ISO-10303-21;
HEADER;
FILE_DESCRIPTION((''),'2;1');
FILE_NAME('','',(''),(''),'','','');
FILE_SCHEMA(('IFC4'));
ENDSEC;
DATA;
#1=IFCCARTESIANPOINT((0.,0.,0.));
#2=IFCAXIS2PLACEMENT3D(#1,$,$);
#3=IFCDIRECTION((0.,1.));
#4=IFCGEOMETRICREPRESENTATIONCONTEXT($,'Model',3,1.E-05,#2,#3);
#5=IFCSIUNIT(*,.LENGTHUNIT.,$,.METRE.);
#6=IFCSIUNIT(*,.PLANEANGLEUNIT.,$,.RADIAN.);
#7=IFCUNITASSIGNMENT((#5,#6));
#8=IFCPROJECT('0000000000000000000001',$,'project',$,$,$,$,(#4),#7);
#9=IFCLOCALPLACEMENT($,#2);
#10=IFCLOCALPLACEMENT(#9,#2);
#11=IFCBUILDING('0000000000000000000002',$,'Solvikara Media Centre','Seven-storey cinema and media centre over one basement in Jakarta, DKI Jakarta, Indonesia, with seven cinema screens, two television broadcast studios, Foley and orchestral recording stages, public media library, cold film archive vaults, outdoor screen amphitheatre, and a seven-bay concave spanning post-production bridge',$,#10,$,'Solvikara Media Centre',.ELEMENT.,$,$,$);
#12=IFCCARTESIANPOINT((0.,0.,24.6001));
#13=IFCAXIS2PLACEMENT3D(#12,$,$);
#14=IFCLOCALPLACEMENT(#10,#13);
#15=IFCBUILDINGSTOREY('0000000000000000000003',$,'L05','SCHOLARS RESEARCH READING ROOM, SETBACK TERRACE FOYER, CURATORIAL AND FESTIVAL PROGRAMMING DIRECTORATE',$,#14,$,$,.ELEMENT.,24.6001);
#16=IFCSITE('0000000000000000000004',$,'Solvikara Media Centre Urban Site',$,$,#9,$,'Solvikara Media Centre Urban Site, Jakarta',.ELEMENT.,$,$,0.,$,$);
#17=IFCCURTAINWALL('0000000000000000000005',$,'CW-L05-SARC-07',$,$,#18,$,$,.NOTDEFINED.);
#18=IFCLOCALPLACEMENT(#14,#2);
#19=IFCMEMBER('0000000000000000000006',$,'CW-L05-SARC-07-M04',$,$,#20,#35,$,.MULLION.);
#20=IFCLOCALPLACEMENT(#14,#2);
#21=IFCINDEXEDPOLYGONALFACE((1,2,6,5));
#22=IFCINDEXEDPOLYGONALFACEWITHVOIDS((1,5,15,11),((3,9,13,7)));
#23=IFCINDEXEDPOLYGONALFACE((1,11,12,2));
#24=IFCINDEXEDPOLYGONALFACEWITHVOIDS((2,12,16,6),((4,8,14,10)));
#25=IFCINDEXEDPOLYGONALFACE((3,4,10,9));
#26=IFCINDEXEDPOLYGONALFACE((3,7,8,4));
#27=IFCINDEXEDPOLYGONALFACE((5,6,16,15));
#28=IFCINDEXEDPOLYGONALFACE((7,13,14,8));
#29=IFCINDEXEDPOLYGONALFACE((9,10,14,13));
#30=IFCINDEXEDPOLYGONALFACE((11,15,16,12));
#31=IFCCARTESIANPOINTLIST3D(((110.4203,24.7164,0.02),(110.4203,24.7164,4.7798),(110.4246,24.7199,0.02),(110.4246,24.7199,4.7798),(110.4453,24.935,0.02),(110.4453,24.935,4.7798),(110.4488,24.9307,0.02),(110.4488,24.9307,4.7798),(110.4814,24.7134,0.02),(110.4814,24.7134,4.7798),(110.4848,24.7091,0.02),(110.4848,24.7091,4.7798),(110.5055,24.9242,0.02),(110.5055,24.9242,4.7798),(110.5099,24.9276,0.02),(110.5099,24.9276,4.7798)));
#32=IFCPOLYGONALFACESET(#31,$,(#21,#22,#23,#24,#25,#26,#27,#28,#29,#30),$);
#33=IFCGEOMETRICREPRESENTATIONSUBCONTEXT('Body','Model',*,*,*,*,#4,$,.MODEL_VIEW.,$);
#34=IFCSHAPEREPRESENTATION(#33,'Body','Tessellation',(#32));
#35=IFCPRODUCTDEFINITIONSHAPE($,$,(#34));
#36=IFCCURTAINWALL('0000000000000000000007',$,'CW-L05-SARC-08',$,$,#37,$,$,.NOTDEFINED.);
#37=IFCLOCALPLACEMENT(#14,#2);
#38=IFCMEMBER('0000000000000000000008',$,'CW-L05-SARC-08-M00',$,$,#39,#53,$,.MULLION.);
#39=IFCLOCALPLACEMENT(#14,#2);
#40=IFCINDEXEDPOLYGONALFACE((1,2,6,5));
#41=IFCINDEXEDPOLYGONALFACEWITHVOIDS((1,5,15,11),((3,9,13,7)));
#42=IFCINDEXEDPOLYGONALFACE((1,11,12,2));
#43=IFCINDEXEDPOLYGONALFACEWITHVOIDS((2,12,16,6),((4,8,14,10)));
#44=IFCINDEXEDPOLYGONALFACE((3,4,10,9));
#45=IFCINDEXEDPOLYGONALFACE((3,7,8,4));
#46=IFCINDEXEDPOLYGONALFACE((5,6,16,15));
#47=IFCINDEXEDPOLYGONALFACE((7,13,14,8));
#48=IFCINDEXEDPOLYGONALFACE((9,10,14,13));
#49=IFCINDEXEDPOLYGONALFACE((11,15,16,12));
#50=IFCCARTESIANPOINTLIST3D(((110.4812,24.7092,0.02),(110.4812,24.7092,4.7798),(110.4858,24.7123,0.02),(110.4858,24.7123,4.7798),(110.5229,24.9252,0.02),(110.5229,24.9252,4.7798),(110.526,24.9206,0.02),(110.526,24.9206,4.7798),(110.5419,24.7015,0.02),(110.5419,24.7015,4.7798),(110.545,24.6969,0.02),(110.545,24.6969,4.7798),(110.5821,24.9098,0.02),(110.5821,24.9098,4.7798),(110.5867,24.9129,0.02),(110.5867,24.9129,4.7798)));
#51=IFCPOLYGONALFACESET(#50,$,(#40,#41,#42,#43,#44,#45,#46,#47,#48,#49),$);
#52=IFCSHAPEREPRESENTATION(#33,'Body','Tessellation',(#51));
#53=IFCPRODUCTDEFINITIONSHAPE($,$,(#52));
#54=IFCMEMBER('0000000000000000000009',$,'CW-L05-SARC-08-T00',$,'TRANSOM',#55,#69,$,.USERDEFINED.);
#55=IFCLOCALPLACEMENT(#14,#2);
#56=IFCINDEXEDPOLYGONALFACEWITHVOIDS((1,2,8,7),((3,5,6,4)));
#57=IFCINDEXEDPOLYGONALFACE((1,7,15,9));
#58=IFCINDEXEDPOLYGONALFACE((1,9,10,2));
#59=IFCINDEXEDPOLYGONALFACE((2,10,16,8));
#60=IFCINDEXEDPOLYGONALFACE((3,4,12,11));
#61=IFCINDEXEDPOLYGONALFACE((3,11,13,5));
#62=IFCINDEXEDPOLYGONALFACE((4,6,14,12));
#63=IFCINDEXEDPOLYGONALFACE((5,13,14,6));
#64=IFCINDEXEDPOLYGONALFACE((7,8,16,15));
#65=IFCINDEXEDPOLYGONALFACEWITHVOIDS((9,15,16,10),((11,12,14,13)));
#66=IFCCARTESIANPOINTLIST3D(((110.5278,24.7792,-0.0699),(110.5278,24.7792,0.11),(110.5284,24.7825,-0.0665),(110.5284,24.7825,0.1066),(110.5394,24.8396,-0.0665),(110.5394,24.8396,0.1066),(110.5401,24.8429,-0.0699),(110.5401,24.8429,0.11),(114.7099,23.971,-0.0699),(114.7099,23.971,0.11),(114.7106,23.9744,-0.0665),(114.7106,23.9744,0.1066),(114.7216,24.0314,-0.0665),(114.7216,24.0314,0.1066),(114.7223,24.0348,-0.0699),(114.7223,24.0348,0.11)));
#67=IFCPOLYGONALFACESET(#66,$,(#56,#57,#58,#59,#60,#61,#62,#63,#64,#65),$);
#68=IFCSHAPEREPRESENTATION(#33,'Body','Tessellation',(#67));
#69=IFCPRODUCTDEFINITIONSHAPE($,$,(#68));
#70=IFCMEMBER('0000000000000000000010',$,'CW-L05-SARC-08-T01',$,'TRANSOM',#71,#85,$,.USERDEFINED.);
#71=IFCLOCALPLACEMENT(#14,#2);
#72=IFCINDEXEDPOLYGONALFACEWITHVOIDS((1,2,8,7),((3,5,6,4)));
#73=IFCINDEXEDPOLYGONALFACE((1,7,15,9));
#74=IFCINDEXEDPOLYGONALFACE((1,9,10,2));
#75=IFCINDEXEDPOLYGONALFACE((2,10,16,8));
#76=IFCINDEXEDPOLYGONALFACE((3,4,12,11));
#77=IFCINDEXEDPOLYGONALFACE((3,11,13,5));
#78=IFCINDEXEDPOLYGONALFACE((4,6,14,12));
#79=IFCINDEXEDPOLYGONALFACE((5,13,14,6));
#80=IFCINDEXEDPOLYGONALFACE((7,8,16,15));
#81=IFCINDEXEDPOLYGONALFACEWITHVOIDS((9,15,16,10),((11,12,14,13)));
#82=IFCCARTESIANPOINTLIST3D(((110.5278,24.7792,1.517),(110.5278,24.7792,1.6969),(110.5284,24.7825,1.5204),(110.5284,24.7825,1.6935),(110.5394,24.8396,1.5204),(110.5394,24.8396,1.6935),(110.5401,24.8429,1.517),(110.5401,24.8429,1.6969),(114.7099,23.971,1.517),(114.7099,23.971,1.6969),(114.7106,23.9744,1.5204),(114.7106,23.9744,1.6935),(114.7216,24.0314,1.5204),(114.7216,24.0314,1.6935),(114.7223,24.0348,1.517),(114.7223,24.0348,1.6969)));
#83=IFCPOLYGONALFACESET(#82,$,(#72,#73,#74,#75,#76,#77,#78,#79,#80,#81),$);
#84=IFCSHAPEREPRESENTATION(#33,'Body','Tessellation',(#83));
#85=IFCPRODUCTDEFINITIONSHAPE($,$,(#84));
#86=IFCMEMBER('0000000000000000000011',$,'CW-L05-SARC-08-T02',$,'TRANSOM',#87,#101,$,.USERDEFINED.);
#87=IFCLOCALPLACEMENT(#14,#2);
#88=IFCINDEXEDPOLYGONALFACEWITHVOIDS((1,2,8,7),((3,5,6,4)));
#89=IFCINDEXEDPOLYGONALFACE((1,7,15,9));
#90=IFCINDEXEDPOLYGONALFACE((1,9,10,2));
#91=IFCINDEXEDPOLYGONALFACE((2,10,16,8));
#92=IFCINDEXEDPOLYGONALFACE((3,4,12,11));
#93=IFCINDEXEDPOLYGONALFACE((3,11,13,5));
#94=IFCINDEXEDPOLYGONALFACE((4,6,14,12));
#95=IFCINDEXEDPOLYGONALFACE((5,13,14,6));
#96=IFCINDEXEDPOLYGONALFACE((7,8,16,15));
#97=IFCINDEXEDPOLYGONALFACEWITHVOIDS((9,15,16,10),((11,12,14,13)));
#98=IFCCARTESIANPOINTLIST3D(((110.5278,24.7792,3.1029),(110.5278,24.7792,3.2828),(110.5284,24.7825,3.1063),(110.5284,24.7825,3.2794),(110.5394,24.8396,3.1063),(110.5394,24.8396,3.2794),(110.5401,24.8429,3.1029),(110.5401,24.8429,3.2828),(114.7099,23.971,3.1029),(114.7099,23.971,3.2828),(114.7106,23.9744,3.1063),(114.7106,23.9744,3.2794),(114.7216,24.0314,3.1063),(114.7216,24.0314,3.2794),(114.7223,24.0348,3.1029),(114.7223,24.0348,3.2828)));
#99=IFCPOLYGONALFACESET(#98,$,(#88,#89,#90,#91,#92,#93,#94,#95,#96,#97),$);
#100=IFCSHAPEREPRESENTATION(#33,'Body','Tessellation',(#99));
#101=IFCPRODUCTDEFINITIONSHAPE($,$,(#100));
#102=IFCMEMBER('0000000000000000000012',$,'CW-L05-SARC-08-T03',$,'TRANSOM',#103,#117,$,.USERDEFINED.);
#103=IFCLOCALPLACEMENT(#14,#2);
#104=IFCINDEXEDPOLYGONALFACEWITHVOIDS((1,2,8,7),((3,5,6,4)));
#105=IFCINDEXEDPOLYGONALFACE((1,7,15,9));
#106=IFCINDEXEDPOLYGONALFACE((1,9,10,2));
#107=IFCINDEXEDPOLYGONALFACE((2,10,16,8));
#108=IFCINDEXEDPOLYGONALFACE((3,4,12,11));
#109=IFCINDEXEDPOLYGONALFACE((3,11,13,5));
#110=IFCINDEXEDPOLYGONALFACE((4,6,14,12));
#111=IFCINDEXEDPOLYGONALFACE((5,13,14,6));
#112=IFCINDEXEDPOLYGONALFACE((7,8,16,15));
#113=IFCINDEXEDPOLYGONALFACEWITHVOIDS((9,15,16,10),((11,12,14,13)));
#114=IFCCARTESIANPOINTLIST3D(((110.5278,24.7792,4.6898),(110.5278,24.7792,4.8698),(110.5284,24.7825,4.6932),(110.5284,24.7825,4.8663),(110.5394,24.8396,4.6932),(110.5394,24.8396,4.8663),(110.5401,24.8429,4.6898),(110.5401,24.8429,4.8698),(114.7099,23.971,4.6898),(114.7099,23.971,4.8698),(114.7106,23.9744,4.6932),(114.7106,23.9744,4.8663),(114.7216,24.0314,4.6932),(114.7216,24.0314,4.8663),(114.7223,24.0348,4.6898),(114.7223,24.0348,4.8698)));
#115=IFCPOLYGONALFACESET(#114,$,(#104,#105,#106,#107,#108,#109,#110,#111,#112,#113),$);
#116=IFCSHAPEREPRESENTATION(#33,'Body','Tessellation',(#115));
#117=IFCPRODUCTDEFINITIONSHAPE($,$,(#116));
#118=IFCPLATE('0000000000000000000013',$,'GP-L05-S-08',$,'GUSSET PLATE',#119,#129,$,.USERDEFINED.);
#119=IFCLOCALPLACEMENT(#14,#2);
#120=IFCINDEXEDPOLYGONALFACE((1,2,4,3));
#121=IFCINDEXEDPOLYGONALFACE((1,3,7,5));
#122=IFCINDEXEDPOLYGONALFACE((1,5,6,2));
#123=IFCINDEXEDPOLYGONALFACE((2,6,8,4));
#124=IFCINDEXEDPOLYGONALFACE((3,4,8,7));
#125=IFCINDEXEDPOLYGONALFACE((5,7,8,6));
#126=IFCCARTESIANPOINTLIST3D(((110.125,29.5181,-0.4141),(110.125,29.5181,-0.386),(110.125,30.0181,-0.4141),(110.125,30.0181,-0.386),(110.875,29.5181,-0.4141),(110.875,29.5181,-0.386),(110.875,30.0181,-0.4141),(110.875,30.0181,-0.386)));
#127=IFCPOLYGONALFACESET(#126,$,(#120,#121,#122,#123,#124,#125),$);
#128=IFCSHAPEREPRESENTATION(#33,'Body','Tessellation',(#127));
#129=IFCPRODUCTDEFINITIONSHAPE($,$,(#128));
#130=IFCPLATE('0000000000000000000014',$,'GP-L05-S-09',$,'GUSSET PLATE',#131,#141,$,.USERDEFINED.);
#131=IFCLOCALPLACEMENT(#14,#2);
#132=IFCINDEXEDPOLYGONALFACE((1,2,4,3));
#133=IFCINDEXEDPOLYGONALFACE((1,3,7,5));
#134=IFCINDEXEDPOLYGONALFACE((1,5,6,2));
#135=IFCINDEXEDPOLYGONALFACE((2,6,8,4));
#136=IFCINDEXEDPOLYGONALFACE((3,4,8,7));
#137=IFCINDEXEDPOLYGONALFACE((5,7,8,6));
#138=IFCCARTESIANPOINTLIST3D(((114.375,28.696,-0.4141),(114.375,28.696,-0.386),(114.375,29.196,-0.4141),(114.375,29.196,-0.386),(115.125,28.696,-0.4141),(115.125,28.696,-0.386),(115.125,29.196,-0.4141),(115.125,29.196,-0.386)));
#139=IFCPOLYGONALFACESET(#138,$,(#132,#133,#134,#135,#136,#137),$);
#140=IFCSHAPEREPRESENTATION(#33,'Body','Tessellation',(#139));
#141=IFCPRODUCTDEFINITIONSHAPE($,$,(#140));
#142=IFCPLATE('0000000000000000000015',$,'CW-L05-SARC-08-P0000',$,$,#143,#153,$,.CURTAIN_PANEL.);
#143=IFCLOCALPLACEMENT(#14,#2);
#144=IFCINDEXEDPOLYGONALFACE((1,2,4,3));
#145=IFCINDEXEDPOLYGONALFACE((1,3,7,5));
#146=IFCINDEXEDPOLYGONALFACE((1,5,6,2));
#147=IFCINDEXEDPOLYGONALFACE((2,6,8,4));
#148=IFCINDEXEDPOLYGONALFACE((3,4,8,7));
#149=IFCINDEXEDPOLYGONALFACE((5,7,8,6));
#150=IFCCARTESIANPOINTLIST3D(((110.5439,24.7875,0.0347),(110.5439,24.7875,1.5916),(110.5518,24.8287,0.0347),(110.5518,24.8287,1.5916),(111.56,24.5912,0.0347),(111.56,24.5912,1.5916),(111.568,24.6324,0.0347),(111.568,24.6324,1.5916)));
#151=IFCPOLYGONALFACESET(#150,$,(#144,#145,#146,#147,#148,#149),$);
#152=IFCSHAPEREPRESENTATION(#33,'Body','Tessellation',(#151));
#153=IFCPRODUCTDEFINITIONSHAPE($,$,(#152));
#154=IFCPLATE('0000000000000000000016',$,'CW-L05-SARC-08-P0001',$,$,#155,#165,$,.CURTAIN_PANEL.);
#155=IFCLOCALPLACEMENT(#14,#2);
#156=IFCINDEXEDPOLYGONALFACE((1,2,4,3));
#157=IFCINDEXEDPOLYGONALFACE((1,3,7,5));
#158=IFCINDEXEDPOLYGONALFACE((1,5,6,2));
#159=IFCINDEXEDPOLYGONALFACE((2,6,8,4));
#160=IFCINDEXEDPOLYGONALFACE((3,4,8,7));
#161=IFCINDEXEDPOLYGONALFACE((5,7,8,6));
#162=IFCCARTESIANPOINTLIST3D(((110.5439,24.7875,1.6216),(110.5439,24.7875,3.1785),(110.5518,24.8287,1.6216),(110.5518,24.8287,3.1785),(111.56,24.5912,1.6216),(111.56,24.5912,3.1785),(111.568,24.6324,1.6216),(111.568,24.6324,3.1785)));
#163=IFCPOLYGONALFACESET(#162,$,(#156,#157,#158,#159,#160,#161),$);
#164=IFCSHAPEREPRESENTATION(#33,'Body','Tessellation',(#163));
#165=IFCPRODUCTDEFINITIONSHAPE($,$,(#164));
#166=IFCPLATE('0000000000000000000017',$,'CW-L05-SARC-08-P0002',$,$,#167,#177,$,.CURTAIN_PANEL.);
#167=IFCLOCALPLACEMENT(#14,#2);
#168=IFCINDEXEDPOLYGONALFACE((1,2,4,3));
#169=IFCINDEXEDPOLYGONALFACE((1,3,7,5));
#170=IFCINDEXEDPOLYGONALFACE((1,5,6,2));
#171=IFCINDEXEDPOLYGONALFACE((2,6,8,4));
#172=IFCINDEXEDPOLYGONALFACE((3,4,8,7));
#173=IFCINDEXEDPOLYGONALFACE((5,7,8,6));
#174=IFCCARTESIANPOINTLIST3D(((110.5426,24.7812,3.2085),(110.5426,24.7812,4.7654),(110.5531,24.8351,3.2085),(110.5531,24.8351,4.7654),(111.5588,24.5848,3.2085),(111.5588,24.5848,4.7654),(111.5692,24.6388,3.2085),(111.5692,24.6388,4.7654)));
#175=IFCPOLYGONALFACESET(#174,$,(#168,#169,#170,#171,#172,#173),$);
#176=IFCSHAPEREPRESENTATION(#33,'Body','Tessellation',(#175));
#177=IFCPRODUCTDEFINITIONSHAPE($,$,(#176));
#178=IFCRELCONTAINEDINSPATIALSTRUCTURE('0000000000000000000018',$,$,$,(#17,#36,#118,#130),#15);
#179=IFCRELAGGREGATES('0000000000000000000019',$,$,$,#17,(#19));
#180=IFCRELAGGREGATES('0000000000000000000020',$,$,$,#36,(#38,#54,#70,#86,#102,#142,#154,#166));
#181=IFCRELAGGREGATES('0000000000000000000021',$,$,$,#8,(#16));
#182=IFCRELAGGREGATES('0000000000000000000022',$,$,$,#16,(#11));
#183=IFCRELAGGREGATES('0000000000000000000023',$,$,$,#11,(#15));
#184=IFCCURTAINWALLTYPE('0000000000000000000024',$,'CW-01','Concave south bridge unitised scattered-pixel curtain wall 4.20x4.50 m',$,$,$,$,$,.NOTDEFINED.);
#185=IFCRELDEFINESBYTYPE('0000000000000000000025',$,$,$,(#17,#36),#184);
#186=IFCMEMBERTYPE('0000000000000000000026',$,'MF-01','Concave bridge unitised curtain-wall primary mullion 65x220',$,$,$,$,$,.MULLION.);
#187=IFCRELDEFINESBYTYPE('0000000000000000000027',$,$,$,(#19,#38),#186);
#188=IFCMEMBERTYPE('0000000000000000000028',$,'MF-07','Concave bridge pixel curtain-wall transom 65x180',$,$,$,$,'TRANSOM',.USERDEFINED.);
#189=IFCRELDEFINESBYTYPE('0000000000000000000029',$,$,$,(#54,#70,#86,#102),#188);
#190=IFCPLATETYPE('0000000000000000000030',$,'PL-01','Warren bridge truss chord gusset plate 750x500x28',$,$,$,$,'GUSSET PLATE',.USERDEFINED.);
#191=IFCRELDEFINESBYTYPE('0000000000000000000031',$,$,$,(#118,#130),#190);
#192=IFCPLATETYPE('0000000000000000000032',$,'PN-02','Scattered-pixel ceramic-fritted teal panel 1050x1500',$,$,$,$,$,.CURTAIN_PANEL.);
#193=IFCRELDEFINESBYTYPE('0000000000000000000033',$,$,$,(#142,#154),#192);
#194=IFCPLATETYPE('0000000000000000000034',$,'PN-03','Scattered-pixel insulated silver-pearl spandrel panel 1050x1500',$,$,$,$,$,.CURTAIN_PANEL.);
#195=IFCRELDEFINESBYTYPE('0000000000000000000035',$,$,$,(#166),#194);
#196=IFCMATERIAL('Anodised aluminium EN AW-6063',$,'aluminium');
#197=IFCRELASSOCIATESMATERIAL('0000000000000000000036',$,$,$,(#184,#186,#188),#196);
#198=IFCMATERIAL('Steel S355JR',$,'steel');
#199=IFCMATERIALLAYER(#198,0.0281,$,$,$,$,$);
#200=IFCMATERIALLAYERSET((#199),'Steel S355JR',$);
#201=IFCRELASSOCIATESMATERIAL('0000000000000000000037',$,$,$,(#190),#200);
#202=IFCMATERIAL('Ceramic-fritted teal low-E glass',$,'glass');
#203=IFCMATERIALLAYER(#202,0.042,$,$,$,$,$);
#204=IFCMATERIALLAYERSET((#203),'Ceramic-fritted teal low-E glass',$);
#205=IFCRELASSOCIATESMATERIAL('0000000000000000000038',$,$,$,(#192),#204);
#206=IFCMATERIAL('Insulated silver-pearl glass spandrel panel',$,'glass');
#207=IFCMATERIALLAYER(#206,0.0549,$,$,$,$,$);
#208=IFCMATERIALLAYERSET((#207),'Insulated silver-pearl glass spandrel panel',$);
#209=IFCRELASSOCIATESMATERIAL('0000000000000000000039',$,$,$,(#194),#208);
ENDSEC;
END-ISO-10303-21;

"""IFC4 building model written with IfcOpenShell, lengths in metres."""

from ifc_helpers import new_model, si_unit, direction, frame, origin, origin_2d, place, context, subcontext, project, spatial, rectangle, hollow_rectangle, extrude, material, layer, layer_set, material_profile, profile_set, type_object, element, aggregate, save


model = new_model("IFC4")

# Units and contexts
model_context = context("Model", 3, precision=1e-05, world=origin(), true_north=direction((0.0, 1.0)))
body_context = subcontext(model_context, "Body", "Model", "MODEL_VIEW")
ifc_project = project(units=[si_unit("LENGTHUNIT", "METRE"), si_unit("PLANEANGLEUNIT", "RADIAN")], contexts=[model_context])

# Site, building, storey
site_placement = place(None, origin())
site = spatial("IfcSite", under=ifc_project, at=site_placement, Name="Solvikara Media Centre Urban Site", LongName="Solvikara Media Centre Urban Site, Jakarta", CompositionType="ELEMENT", RefElevation=0.0)
building_placement = place(site_placement, origin())
building = spatial("IfcBuilding", under=site, at=building_placement, Name="Solvikara Media Centre", Description="Seven-storey cinema and media centre over one basement in Jakarta, DKI Jakarta, Indonesia, with seven cinema screens, two television broadcast studios, Foley and orchestral recording stages, public media library, cold film archive vaults, outdoor screen amphitheatre, and a seven-bay concave spanning post-production bridge", LongName="Solvikara Media Centre", CompositionType="ELEMENT")
storey_placement = place(building_placement, frame((0.0, 0.0, 24.6001)))
storey = spatial("IfcBuildingStorey", under=building, at=storey_placement, Name="L05", Description="SCHOLARS RESEARCH READING ROOM, SETBACK TERRACE FOYER, CURATORIAL AND FESTIVAL PROGRAMMING DIRECTORATE", CompositionType="ELEMENT", Elevation=24.6001)

# Shared definitions
ifc_material_1 = material(Name="Steel S355JR", Category="steel")

# Curtain wall, member
ifc_material_2 = material(Name="Anodised aluminium EN AW-6063", Category="aluminium")
curtain_wall_type = type_object("IfcCurtainWallType", Name="CW-01", Description="Concave south bridge unitised scattered-pixel curtain wall 4.20x4.50 m", PredefinedType="NOTDEFINED", material=ifc_material_2)
curtain_wall_1_placement = place(storey_placement, origin())
curtain_wall_1 = element("IfcCurtainWall", 1, at=curtain_wall_1_placement, inside=storey, type_object=curtain_wall_type, Name="CW-L05-SARC-07", PredefinedType="NOTDEFINED")
ifc_material_profile_1 = material_profile(ifc_material_2, hollow_rectangle(XDim=0.0649, YDim=0.22, WallThickness=0.0039, at=origin_2d()), Name="ALU-M 65x220x4")
ifc_profile_set_1 = profile_set([ifc_material_profile_1], Name="Anodised aluminium EN AW-6063")
member_type_1 = type_object("IfcMemberType", Name="MF-01", Description="Concave bridge unitised curtain-wall primary mullion 65x220", PredefinedType="MULLION", material=ifc_profile_set_1)
member_1_placement = place(storey_placement, frame((110.4651, 24.822, 0.02), z_axis=(0.0, 0.0, 1.0), x_axis=(0.993499, -0.113845, 0.0)))
member_1 = element("IfcMember", 2, at=member_1_placement, type_object=member_type_1, Name="CW-L05-SARC-07-M04", PredefinedType="MULLION", context=body_context, shape_type="SweptSolid", body=[
    extrude(hollow_rectangle(XDim=0.0649, YDim=0.22, WallThickness=0.0039, at=origin_2d()), origin(), (0.0, 0.0, 1.0), 4.7598),
])
aggregate(curtain_wall_1, [member_1])

# Curtain wall, members
curtain_wall_2_placement = place(storey_placement, origin())
curtain_wall_2 = element("IfcCurtainWall", 3, at=curtain_wall_2_placement, inside=storey, type_object=curtain_wall_type, Name="CW-L05-SARC-08", PredefinedType="NOTDEFINED")
member_2_placement = place(storey_placement, frame((110.5339, 24.811, 0.02), z_axis=(0.0, 0.0, 1.0), x_axis=(0.981843, -0.189695, 0.0)))
member_2 = element("IfcMember", 4, at=member_2_placement, type_object=member_type_1, Name="CW-L05-SARC-08-M00", PredefinedType="MULLION", context=body_context, shape_type="SweptSolid", body=[
    extrude(hollow_rectangle(XDim=0.0649, YDim=0.22, WallThickness=0.0039, at=origin_2d()), origin(), (0.0, 0.0, 1.0), 4.7598),
])
ifc_material_profile_2 = material_profile(ifc_material_2, hollow_rectangle(XDim=0.0649, YDim=0.1799, WallThickness=0.0034, at=origin_2d()), Name="ALU-T 65x180x3.5")
ifc_profile_set_2 = profile_set([ifc_material_profile_2], Name="Anodised aluminium EN AW-6063")
member_type_2 = type_object("IfcMemberType", Name="MF-07", Description="Concave bridge pixel curtain-wall transom 65x180", ElementType="TRANSOM", PredefinedType="USERDEFINED", material=ifc_profile_set_2)
member_3_placement = place(storey_placement, frame((110.5339, 24.811, 0.02), z_axis=(0.981838, -0.189719, 0.0), x_axis=(0.189719, 0.981838, 0.0)))
member_3 = element("IfcMember", 5, at=member_3_placement, type_object=member_type_2, Name="CW-L05-SARC-08-T00", ObjectType="TRANSOM", PredefinedType="USERDEFINED", context=body_context, shape_type="SweptSolid", body=[
    extrude(hollow_rectangle(XDim=0.0649, YDim=0.1799, WallThickness=0.0034, at=origin_2d()), origin(), (0.0, 0.0, 1.0), 4.2595),
])
member_4_placement = place(storey_placement, frame((110.5339, 24.811, 1.6069), z_axis=(0.981838, -0.189719, 0.0), x_axis=(0.189719, 0.981838, 0.0)))
member_4 = element("IfcMember", 6, at=member_4_placement, type_object=member_type_2, Name="CW-L05-SARC-08-T01", ObjectType="TRANSOM", PredefinedType="USERDEFINED", context=body_context, shape_type="SweptSolid", body=[
    extrude(hollow_rectangle(XDim=0.0649, YDim=0.1799, WallThickness=0.0034, at=origin_2d()), origin(), (0.0, 0.0, 1.0), 4.2595),
])
member_5_placement = place(storey_placement, frame((110.5339, 24.811, 3.1929), z_axis=(0.981838, -0.189719, 0.0), x_axis=(0.189719, 0.981838, 0.0)))
member_5 = element("IfcMember", 7, at=member_5_placement, type_object=member_type_2, Name="CW-L05-SARC-08-T02", ObjectType="TRANSOM", PredefinedType="USERDEFINED", context=body_context, shape_type="SweptSolid", body=[
    extrude(hollow_rectangle(XDim=0.0649, YDim=0.1799, WallThickness=0.0034, at=origin_2d()), origin(), (0.0, 0.0, 1.0), 4.2595),
])
member_6_placement = place(storey_placement, frame((110.5339, 24.811, 4.7798), z_axis=(0.981838, -0.189719, 0.0), x_axis=(0.189719, 0.981838, 0.0)))
member_6 = element("IfcMember", 8, at=member_6_placement, type_object=member_type_2, Name="CW-L05-SARC-08-T03", ObjectType="TRANSOM", PredefinedType="USERDEFINED", context=body_context, shape_type="SweptSolid", body=[
    extrude(hollow_rectangle(XDim=0.0649, YDim=0.1799, WallThickness=0.0034, at=origin_2d()), origin(), (0.0, 0.0, 1.0), 4.2595),
])

# Plates
ifc_layer_1 = layer(ifc_material_1, 0.0281)
ifc_layer_set_1 = layer_set([ifc_layer_1], Name="Steel S355JR")
plate_type_1 = type_object("IfcPlateType", Name="PL-01", Description="Warren bridge truss chord gusset plate 750x500x28", ElementType="GUSSET PLATE", PredefinedType="USERDEFINED", material=ifc_layer_set_1)
for number, where, z_axis, x_axis, name in (
    (9, (110.5, 29.7681, -0.4141), (0.0, 0.0, 1.0), (1.0, 0.0, 0.0), "GP-L05-S-08"),
    (10, (114.75, 28.946, -0.4141), (0.0, 0.0, 1.0), (1.0, 0.0, 0.0), "GP-L05-S-09"),
):
    element("IfcPlate", number, at=place(storey_placement, frame(where, z_axis=z_axis, x_axis=x_axis)), inside=storey, type_object=plate_type_1, Name=name, ObjectType="GUSSET PLATE", PredefinedType="USERDEFINED", context=body_context, shape_type="SweptSolid", body=[
        extrude(rectangle(XDim=0.75, YDim=0.5, at=origin_2d()), origin(), (0.0, 0.0, 1.0), 0.0281),
    ])

# Plates
ifc_material_3 = material(Name="Ceramic-fritted teal low-E glass", Category="glass")
ifc_layer_2 = layer(ifc_material_3, 0.042)
ifc_layer_set_2 = layer_set([ifc_layer_2], Name="Ceramic-fritted teal low-E glass")
plate_type_2 = type_object("IfcPlateType", Name="PN-02", Description="Scattered-pixel ceramic-fritted teal panel 1050x1500", PredefinedType="CURTAIN_PANEL", material=ifc_layer_set_2)
plate_1_placement = place(storey_placement, frame((111.0559, 24.71, 0.0347), z_axis=(0.0, 0.0, 1.0), x_axis=(0.981843, -0.189695, 0.0)))
plate_1 = element("IfcPlate", 11, at=plate_1_placement, type_object=plate_type_2, Name="CW-L05-SARC-08-P0000", PredefinedType="CURTAIN_PANEL", context=body_context, shape_type="SweptSolid", body=[
    extrude(rectangle(XDim=1.0349, YDim=0.042, at=origin_2d()), origin(), (0.0, 0.0, 1.0), 1.5569),
])
plate_2_placement = place(storey_placement, frame((111.0559, 24.71, 1.6216), z_axis=(0.0, 0.0, 1.0), x_axis=(0.981843, -0.189695, 0.0)))
plate_2 = element("IfcPlate", 12, at=plate_2_placement, type_object=plate_type_2, Name="CW-L05-SARC-08-P0001", PredefinedType="CURTAIN_PANEL", context=body_context, shape_type="SweptSolid", body=[
    extrude(rectangle(XDim=1.0349, YDim=0.042, at=origin_2d()), origin(), (0.0, 0.0, 1.0), 1.5569),
])
ifc_material_4 = material(Name="Insulated silver-pearl glass spandrel panel", Category="glass")
ifc_layer_3 = layer(ifc_material_4, 0.0549)
ifc_layer_set_3 = layer_set([ifc_layer_3], Name="Insulated silver-pearl glass spandrel panel")
plate_type_3 = type_object("IfcPlateType", Name="PN-03", Description="Scattered-pixel insulated silver-pearl spandrel panel 1050x1500", PredefinedType="CURTAIN_PANEL", material=ifc_layer_set_3)
plate_3_placement = place(storey_placement, frame((111.0559, 24.71, 3.2085), z_axis=(0.0, 0.0, 1.0), x_axis=(0.981843, -0.189695, 0.0)))
plate_3 = element("IfcPlate", 13, at=plate_3_placement, type_object=plate_type_3, Name="CW-L05-SARC-08-P0002", PredefinedType="CURTAIN_PANEL", context=body_context, shape_type="SweptSolid", body=[
    extrude(rectangle(XDim=1.0349, YDim=0.0549, at=origin_2d()), origin(), (0.0, 0.0, 1.0), 1.5569),
])
aggregate(curtain_wall_2, [member_2, member_3, member_4, member_5, member_6, plate_1, plate_2, plate_3])

save(model, "model.ifc")
